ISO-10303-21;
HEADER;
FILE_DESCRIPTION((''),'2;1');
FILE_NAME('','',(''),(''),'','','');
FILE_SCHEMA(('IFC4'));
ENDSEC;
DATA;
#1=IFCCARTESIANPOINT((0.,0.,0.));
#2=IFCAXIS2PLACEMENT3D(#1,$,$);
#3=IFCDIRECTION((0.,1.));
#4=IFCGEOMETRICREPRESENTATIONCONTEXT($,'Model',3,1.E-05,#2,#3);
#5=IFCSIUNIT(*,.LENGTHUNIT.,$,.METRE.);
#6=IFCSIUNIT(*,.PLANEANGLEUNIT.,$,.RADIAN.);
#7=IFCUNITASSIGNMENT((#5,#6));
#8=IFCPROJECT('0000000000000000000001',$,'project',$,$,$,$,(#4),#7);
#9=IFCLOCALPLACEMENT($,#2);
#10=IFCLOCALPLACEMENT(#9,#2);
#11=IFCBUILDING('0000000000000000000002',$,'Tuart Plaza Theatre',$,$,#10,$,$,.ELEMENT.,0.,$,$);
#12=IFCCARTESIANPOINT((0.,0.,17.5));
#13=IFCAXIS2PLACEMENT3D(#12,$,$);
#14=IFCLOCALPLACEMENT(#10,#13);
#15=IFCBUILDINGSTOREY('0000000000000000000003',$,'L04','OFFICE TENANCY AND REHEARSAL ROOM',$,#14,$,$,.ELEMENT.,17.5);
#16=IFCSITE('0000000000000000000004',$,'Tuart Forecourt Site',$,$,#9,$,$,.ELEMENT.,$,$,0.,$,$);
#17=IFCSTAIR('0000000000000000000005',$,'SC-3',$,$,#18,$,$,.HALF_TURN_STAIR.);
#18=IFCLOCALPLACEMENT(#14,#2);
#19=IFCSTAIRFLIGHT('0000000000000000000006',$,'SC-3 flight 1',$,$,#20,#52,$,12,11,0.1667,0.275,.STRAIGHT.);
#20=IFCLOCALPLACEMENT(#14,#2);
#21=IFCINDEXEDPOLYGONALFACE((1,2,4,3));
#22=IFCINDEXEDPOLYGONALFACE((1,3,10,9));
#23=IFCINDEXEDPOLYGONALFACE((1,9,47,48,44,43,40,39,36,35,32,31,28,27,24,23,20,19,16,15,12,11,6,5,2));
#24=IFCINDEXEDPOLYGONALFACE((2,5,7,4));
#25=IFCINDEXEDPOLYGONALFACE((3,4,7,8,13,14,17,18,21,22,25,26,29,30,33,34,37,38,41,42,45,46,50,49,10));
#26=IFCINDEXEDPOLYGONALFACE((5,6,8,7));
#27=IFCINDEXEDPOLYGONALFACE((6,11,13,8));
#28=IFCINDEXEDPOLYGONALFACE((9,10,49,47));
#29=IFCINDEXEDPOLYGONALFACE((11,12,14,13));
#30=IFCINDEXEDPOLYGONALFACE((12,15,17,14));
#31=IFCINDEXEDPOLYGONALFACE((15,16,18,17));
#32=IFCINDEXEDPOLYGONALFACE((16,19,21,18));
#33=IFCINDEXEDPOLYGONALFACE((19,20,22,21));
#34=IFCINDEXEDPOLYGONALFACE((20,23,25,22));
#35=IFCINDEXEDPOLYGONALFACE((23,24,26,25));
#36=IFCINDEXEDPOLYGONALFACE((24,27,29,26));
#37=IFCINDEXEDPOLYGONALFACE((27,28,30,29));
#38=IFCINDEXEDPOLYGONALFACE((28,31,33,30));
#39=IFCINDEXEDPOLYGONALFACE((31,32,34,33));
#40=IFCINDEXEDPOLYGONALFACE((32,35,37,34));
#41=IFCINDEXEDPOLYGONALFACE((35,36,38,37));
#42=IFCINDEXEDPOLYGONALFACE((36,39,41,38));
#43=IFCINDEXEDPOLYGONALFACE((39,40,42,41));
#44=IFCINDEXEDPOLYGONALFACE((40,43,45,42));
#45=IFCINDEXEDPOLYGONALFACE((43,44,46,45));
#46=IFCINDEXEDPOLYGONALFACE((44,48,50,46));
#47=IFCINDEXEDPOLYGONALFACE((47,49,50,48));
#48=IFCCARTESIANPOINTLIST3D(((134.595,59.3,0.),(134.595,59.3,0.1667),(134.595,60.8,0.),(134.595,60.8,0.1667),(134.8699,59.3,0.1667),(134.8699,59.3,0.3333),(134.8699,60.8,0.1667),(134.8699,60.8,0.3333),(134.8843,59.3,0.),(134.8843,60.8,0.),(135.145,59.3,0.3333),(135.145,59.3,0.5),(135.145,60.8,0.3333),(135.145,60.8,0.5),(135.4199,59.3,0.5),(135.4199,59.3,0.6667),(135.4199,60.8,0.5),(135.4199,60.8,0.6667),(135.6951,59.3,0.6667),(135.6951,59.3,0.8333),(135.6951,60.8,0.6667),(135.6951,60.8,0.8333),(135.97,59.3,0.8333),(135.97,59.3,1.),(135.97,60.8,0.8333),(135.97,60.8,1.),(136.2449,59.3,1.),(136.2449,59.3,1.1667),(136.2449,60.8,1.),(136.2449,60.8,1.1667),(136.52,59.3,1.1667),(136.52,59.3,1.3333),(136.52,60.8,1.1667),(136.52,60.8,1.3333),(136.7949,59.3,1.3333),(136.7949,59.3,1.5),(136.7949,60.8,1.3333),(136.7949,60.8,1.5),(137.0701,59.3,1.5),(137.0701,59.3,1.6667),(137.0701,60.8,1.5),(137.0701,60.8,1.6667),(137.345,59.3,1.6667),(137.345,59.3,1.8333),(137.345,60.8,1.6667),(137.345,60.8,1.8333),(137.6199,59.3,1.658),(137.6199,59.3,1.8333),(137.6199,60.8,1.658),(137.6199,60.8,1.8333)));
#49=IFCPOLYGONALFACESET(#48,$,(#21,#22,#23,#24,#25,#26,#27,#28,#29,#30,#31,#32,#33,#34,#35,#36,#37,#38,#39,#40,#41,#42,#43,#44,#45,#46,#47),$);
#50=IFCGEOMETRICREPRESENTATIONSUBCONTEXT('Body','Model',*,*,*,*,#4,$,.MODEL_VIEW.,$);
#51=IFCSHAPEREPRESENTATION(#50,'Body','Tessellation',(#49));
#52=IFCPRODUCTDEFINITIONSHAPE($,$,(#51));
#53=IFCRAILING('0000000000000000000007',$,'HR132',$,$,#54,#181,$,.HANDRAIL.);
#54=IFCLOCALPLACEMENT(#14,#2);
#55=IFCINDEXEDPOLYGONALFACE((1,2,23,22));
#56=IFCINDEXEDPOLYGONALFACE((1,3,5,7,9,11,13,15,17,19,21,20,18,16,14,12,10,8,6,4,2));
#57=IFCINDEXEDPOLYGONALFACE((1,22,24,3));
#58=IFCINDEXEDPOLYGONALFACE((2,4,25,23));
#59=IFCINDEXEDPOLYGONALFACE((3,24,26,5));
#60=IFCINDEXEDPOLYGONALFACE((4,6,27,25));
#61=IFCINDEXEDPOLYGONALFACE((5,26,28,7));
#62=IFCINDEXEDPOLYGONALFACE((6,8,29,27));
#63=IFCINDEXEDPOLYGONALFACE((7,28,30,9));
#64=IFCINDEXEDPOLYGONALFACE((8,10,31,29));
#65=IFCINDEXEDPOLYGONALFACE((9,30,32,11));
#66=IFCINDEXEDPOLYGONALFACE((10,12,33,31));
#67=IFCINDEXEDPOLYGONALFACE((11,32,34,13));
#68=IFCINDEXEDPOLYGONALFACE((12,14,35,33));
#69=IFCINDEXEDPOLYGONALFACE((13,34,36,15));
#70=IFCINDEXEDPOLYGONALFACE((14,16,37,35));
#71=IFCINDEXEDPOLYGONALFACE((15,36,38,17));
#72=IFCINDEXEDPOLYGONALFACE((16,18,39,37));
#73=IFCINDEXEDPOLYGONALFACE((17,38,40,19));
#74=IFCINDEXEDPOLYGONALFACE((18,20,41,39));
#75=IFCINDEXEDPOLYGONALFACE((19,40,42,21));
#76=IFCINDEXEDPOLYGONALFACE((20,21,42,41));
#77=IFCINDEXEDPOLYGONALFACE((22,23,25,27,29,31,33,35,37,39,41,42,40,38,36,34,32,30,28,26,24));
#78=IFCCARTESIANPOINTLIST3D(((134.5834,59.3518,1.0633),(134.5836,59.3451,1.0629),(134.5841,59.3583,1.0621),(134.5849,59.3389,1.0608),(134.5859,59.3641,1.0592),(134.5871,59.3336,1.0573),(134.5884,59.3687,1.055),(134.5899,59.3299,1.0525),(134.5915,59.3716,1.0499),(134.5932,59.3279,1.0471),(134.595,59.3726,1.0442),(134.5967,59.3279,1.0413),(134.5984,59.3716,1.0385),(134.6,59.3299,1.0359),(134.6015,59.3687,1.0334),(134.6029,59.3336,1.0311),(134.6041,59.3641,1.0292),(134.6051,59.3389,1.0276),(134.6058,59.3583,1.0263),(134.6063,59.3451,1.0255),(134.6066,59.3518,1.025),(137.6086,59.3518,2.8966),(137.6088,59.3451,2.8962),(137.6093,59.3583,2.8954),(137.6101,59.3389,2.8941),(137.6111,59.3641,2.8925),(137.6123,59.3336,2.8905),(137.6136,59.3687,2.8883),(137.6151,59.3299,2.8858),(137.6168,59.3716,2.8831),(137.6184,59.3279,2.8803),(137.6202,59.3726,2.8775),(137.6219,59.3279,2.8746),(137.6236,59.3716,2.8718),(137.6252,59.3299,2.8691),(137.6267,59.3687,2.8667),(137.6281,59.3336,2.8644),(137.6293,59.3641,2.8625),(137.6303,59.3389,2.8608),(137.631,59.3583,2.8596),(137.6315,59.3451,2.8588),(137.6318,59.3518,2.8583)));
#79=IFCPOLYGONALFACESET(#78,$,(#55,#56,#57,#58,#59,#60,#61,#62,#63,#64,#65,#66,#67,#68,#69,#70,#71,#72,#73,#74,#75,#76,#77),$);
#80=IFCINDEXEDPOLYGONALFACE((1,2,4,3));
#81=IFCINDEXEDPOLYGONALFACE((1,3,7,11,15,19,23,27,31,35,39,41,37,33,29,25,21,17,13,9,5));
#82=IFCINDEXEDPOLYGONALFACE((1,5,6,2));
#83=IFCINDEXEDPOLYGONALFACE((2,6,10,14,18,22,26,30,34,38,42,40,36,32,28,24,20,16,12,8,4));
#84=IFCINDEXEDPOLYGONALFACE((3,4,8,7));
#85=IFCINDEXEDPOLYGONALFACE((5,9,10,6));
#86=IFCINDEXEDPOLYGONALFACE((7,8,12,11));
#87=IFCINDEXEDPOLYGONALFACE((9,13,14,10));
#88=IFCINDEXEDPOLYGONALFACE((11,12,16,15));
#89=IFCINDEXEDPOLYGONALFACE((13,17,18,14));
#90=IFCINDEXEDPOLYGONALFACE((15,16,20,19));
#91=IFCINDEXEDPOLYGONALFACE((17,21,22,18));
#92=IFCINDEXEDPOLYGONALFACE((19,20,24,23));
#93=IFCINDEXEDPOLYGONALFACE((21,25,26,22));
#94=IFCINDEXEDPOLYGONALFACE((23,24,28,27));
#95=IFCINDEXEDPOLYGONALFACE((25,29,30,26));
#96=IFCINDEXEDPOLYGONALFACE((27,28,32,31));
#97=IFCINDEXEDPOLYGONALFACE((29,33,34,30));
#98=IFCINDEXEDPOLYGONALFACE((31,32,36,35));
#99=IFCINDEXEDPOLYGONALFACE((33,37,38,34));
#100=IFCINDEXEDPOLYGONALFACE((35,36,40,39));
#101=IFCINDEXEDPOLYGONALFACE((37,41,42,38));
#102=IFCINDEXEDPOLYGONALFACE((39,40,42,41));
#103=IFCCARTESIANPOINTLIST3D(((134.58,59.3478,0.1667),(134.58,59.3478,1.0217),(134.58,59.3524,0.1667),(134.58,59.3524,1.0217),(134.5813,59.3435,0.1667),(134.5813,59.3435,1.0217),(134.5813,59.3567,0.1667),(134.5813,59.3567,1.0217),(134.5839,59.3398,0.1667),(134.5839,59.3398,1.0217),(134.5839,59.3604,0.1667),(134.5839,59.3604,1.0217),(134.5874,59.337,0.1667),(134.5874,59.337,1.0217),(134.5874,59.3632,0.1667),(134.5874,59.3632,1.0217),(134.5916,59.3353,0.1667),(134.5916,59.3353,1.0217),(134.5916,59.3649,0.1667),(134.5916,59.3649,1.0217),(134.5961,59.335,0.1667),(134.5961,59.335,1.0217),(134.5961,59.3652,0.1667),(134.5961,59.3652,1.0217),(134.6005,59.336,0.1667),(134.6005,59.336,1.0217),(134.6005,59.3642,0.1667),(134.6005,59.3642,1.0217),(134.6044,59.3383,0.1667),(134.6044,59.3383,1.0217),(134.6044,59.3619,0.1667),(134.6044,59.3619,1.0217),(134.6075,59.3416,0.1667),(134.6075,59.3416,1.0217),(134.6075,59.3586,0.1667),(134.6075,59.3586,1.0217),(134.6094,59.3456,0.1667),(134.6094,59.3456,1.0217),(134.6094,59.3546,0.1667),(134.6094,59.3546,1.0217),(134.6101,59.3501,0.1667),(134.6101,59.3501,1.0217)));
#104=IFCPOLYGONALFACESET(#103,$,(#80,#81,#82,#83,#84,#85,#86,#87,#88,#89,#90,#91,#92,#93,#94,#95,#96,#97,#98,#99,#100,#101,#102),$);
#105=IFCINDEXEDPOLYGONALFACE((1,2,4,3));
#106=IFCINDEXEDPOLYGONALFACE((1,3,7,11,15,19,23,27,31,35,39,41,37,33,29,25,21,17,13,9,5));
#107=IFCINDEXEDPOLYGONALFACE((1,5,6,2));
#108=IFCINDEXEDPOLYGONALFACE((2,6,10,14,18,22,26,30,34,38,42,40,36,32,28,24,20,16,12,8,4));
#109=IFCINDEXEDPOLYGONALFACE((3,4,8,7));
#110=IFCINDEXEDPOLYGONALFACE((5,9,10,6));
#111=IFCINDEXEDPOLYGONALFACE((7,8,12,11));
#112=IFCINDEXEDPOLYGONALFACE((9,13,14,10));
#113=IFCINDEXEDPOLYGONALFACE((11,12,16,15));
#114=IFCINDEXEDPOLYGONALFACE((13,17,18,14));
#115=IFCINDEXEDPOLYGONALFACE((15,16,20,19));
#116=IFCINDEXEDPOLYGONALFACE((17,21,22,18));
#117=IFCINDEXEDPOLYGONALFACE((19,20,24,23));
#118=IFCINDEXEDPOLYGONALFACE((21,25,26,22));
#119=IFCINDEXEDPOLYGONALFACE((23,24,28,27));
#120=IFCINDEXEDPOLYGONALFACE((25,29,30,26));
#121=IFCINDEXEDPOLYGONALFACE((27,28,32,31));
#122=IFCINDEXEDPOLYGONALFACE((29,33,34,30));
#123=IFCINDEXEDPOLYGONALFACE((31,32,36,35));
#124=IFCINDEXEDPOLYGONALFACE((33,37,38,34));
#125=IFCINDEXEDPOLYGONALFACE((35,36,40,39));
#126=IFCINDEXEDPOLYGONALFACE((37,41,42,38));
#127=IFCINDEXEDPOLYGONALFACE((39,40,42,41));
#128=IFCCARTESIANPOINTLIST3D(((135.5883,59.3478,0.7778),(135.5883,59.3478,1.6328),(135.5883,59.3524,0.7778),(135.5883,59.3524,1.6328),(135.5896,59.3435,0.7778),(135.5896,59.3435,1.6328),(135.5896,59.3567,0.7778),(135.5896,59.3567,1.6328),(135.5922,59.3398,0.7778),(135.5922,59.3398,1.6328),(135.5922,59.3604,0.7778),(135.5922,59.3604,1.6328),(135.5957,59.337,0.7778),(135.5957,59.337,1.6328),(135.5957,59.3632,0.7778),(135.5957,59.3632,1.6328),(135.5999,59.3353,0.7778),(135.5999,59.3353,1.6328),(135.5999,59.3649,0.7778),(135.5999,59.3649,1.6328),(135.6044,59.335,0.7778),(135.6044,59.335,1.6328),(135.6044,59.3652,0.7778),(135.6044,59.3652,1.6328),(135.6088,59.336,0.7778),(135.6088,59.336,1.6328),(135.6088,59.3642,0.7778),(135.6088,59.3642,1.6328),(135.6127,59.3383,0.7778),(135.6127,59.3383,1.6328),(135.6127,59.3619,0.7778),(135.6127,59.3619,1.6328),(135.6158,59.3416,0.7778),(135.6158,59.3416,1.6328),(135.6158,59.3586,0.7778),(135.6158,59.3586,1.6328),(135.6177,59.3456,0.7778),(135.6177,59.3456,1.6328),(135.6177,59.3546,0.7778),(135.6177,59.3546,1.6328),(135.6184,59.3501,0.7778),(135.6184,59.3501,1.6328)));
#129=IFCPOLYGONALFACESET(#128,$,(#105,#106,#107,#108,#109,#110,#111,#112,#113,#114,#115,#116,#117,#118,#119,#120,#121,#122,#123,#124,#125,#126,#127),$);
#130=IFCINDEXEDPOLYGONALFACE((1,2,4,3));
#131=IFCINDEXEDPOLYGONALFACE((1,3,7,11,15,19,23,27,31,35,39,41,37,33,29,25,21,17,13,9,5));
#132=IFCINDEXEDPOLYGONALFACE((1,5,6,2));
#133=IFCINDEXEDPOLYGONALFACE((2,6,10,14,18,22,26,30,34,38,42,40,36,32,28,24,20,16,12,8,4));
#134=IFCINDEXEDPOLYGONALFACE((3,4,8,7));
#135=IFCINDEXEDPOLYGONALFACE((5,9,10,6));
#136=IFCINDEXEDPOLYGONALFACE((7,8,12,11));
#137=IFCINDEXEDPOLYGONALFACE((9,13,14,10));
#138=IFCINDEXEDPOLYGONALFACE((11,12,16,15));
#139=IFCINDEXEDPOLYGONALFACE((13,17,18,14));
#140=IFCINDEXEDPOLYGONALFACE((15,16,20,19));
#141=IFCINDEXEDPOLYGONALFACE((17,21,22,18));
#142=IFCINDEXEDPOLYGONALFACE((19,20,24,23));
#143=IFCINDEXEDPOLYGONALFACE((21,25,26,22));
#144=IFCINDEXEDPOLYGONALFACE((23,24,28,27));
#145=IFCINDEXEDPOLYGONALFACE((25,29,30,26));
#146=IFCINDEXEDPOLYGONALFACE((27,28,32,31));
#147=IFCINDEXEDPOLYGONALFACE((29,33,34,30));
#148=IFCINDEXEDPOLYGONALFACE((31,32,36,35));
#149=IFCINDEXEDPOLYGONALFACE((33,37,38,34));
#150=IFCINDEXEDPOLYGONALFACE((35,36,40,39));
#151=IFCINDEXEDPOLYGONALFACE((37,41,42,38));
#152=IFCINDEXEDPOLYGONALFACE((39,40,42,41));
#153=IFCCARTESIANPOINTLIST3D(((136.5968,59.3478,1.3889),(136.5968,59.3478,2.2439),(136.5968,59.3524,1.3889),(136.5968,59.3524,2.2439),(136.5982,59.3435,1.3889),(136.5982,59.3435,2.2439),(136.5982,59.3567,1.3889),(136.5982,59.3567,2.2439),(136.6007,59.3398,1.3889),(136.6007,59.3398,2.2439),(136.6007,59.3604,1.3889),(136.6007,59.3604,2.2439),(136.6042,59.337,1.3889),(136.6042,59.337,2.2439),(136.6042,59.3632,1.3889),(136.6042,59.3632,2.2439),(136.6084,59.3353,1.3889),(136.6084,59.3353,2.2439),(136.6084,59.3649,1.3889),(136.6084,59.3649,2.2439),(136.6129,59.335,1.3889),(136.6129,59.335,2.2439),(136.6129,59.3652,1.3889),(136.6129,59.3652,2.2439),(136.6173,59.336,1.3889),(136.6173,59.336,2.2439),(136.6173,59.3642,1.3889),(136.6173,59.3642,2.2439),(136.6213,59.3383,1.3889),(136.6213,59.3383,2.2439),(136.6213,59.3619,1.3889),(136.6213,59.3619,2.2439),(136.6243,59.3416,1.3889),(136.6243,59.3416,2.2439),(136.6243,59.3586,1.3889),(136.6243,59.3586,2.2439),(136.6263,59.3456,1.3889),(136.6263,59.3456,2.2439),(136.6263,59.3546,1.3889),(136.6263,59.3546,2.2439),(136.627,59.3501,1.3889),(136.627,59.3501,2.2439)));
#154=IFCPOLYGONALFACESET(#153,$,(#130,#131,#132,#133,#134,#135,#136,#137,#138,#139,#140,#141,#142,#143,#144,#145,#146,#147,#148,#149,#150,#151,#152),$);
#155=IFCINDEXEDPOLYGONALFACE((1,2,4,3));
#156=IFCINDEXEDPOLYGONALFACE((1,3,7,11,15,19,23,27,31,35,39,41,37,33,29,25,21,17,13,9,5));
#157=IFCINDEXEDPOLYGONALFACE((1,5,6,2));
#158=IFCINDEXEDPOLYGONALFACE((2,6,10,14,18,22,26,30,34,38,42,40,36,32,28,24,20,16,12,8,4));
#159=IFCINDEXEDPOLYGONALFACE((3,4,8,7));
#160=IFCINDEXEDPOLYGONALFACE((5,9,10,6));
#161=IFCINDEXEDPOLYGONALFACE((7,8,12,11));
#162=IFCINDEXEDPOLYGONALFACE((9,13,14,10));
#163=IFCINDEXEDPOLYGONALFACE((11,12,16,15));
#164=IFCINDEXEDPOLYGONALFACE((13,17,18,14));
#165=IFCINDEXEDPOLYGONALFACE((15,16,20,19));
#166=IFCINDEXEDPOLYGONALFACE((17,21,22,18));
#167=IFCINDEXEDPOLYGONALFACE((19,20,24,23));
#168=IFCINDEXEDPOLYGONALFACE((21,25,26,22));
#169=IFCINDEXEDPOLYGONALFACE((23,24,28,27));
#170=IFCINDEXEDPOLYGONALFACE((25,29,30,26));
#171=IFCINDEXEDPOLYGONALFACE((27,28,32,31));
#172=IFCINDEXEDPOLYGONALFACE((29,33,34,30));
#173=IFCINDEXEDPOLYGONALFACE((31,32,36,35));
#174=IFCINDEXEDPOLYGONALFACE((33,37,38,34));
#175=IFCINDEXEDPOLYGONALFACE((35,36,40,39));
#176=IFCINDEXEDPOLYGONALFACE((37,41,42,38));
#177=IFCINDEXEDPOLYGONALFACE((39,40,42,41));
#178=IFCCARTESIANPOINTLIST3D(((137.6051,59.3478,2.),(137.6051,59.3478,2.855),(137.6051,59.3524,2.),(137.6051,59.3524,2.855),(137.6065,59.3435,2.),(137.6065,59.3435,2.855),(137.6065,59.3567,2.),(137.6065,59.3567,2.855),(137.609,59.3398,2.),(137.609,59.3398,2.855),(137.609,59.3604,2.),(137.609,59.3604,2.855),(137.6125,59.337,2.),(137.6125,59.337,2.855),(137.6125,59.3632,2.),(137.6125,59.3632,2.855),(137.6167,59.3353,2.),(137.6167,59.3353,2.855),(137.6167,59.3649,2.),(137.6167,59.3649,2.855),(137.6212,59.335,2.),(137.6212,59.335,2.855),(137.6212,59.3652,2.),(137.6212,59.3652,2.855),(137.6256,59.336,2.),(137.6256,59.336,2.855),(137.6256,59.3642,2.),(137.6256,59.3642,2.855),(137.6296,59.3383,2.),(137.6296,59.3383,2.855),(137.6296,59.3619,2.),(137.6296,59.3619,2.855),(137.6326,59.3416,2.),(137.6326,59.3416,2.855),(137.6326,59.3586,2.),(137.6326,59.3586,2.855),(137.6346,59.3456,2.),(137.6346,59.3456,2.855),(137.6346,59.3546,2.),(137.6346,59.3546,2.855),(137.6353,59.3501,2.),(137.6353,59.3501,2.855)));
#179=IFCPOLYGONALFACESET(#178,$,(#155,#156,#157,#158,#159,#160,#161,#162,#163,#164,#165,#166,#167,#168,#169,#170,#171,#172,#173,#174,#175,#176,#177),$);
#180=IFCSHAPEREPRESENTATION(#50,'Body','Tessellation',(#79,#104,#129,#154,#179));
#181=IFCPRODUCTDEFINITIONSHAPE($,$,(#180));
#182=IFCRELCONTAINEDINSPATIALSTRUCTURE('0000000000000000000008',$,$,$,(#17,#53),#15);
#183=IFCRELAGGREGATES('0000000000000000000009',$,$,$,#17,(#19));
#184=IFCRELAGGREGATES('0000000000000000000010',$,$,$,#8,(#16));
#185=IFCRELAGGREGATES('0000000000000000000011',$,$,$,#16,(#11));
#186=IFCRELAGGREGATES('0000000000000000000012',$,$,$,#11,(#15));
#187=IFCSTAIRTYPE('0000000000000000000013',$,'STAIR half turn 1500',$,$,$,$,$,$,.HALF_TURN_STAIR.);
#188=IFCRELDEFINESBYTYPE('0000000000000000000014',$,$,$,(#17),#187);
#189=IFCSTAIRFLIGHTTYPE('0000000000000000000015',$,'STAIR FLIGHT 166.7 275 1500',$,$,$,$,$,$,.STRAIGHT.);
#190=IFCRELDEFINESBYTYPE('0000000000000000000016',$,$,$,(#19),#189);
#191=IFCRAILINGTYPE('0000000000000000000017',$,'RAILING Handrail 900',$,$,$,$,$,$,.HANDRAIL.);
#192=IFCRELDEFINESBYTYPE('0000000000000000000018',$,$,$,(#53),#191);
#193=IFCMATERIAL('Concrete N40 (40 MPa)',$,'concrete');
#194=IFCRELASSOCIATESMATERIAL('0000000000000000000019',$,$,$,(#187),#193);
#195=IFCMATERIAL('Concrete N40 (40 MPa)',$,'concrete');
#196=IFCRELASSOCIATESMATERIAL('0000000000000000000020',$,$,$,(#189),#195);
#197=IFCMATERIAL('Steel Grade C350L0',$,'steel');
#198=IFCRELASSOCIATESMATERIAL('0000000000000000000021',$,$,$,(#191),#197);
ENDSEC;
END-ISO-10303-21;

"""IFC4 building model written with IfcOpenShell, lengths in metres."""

from ifc_helpers import new_model, si_unit, direction, frame, origin, origin_2d, place, context, subcontext, project, spatial, polyline, circle, outline, extrude, material, type_object, element, aggregate, save


model = new_model("IFC4")

# Units and contexts
model_context = context("Model", 3, precision=1e-05, world=origin(), true_north=direction((0.0, 1.0)))
body_context = subcontext(model_context, "Body", "Model", "MODEL_VIEW")
ifc_project = project(units=[si_unit("LENGTHUNIT", "METRE"), si_unit("PLANEANGLEUNIT", "RADIAN")], contexts=[model_context])

# Site, building, storey
site_placement = place(None, origin())
site = spatial("IfcSite", under=ifc_project, at=site_placement, Name="Tuart Forecourt Site", CompositionType="ELEMENT", RefElevation=0.0)
building_placement = place(site_placement, origin())
building = spatial("IfcBuilding", under=site, at=building_placement, Name="Tuart Plaza Theatre", CompositionType="ELEMENT", ElevationOfRefHeight=0.0)
storey_placement = place(building_placement, frame((0.0, 0.0, 17.5)))
storey = spatial("IfcBuildingStorey", under=building, at=storey_placement, Name="L04", Description="OFFICE TENANCY AND REHEARSAL ROOM", CompositionType="ELEMENT", Elevation=17.5)

# Stair, stair flight
ifc_material_1 = material(Name="Concrete N40 (40 MPa)", Category="concrete")
stair_type = type_object("IfcStairType", Name="STAIR half turn 1500", PredefinedType="HALF_TURN_STAIR", material=ifc_material_1)
stair_placement = place(storey_placement, origin())
stair = element("IfcStair", 1, at=stair_placement, inside=storey, type_object=stair_type, Name="SC-3", PredefinedType="HALF_TURN_STAIR")
ifc_material_2 = material(Name="Concrete N40 (40 MPa)", Category="concrete")
stair_flight_type = type_object("IfcStairFlightType", Name="STAIR FLIGHT 166.7 275 1500", PredefinedType="STRAIGHT", material=ifc_material_2)
stair_flight_placement = place(storey_placement, frame((134.595, 60.05, 0.0), z_axis=(0.0, 0.0, 1.0), x_axis=(1.0, 0.0, 0.0)))
stair_flight = element("IfcStairFlight", 2, at=stair_flight_placement, type_object=stair_flight_type, Name="SC-3 flight 1", NumberOfRisers=12, NumberOfTreads=11, PredefinedType="STRAIGHT", RiserHeight=0.1667, TreadLength=0.275, context=body_context, shape_type="SweptSolid", body=[
    extrude(outline(polyline([(0.0, 0.0), (0.0, 0.1667), (0.2749, 0.1667), (0.2749, 0.3333), (0.55, 0.3333), (0.55, 0.5), (0.825, 0.5), (0.825, 0.6667), (1.1001, 0.6667), (1.1001, 0.8333), (1.375, 0.8333), (1.375, 1.0), (1.6499, 1.0), (1.6499, 1.1667), (1.925, 1.1667), (1.925, 1.3333), (2.2, 1.3333), (2.2, 1.5), (2.4751, 1.5), (2.4751, 1.6667), (2.75, 1.6667), (2.75, 1.8333), (3.0249, 1.8333), (3.0249, 2.0), (3.0249, 1.658), (0.2893, 0.0), (0.0, 0.0)])), frame((0.0, 0.75, 0.0), z_axis=(0.0, -1.0, 0.0), x_axis=(1.0, 0.0, 0.0)), (0.0, 0.0, 1.0), 1.5),
])
aggregate(stair, [stair_flight])

# Railing
ifc_material_3 = material(Name="Steel Grade C350L0", Category="steel")
railing_type = type_object("IfcRailingType", Name="RAILING Handrail 900", PredefinedType="HANDRAIL", material=ifc_material_3)
railing_placement = place(storey_placement, frame((134.595, 59.3501, 0.1667)))
element("IfcRailing", 3, at=railing_placement, inside=storey, type_object=railing_type, Name="HR132", PredefinedType="HANDRAIL", context=body_context, shape_type="SweptSolid", body=[
    extrude(circle(Radius=0.0225, at=origin_2d()), frame((0.0, 0.0, 0.8774), z_axis=(0.855219, 0.0, 0.518267), x_axis=(0.0, 1.0, 0.0)), (0.0, 0.0, 1.0), 3.5374),
    extrude(circle(Radius=0.0151, at=origin_2d()), origin(), (0.0, 0.0, 1.0), 0.855),
    extrude(circle(Radius=0.0151, at=origin_2d()), frame((1.0083, 0.0, 0.6111)), (0.0, 0.0, 1.0), 0.855),
    extrude(circle(Radius=0.0151, at=origin_2d()), frame((2.0168, 0.0, 1.2222)), (0.0, 0.0, 1.0), 0.855),
    extrude(circle(Radius=0.0151, at=origin_2d()), frame((3.0251, 0.0, 1.8333)), (0.0, 0.0, 1.0), 0.855),
])

save(model, "model.ifc")
